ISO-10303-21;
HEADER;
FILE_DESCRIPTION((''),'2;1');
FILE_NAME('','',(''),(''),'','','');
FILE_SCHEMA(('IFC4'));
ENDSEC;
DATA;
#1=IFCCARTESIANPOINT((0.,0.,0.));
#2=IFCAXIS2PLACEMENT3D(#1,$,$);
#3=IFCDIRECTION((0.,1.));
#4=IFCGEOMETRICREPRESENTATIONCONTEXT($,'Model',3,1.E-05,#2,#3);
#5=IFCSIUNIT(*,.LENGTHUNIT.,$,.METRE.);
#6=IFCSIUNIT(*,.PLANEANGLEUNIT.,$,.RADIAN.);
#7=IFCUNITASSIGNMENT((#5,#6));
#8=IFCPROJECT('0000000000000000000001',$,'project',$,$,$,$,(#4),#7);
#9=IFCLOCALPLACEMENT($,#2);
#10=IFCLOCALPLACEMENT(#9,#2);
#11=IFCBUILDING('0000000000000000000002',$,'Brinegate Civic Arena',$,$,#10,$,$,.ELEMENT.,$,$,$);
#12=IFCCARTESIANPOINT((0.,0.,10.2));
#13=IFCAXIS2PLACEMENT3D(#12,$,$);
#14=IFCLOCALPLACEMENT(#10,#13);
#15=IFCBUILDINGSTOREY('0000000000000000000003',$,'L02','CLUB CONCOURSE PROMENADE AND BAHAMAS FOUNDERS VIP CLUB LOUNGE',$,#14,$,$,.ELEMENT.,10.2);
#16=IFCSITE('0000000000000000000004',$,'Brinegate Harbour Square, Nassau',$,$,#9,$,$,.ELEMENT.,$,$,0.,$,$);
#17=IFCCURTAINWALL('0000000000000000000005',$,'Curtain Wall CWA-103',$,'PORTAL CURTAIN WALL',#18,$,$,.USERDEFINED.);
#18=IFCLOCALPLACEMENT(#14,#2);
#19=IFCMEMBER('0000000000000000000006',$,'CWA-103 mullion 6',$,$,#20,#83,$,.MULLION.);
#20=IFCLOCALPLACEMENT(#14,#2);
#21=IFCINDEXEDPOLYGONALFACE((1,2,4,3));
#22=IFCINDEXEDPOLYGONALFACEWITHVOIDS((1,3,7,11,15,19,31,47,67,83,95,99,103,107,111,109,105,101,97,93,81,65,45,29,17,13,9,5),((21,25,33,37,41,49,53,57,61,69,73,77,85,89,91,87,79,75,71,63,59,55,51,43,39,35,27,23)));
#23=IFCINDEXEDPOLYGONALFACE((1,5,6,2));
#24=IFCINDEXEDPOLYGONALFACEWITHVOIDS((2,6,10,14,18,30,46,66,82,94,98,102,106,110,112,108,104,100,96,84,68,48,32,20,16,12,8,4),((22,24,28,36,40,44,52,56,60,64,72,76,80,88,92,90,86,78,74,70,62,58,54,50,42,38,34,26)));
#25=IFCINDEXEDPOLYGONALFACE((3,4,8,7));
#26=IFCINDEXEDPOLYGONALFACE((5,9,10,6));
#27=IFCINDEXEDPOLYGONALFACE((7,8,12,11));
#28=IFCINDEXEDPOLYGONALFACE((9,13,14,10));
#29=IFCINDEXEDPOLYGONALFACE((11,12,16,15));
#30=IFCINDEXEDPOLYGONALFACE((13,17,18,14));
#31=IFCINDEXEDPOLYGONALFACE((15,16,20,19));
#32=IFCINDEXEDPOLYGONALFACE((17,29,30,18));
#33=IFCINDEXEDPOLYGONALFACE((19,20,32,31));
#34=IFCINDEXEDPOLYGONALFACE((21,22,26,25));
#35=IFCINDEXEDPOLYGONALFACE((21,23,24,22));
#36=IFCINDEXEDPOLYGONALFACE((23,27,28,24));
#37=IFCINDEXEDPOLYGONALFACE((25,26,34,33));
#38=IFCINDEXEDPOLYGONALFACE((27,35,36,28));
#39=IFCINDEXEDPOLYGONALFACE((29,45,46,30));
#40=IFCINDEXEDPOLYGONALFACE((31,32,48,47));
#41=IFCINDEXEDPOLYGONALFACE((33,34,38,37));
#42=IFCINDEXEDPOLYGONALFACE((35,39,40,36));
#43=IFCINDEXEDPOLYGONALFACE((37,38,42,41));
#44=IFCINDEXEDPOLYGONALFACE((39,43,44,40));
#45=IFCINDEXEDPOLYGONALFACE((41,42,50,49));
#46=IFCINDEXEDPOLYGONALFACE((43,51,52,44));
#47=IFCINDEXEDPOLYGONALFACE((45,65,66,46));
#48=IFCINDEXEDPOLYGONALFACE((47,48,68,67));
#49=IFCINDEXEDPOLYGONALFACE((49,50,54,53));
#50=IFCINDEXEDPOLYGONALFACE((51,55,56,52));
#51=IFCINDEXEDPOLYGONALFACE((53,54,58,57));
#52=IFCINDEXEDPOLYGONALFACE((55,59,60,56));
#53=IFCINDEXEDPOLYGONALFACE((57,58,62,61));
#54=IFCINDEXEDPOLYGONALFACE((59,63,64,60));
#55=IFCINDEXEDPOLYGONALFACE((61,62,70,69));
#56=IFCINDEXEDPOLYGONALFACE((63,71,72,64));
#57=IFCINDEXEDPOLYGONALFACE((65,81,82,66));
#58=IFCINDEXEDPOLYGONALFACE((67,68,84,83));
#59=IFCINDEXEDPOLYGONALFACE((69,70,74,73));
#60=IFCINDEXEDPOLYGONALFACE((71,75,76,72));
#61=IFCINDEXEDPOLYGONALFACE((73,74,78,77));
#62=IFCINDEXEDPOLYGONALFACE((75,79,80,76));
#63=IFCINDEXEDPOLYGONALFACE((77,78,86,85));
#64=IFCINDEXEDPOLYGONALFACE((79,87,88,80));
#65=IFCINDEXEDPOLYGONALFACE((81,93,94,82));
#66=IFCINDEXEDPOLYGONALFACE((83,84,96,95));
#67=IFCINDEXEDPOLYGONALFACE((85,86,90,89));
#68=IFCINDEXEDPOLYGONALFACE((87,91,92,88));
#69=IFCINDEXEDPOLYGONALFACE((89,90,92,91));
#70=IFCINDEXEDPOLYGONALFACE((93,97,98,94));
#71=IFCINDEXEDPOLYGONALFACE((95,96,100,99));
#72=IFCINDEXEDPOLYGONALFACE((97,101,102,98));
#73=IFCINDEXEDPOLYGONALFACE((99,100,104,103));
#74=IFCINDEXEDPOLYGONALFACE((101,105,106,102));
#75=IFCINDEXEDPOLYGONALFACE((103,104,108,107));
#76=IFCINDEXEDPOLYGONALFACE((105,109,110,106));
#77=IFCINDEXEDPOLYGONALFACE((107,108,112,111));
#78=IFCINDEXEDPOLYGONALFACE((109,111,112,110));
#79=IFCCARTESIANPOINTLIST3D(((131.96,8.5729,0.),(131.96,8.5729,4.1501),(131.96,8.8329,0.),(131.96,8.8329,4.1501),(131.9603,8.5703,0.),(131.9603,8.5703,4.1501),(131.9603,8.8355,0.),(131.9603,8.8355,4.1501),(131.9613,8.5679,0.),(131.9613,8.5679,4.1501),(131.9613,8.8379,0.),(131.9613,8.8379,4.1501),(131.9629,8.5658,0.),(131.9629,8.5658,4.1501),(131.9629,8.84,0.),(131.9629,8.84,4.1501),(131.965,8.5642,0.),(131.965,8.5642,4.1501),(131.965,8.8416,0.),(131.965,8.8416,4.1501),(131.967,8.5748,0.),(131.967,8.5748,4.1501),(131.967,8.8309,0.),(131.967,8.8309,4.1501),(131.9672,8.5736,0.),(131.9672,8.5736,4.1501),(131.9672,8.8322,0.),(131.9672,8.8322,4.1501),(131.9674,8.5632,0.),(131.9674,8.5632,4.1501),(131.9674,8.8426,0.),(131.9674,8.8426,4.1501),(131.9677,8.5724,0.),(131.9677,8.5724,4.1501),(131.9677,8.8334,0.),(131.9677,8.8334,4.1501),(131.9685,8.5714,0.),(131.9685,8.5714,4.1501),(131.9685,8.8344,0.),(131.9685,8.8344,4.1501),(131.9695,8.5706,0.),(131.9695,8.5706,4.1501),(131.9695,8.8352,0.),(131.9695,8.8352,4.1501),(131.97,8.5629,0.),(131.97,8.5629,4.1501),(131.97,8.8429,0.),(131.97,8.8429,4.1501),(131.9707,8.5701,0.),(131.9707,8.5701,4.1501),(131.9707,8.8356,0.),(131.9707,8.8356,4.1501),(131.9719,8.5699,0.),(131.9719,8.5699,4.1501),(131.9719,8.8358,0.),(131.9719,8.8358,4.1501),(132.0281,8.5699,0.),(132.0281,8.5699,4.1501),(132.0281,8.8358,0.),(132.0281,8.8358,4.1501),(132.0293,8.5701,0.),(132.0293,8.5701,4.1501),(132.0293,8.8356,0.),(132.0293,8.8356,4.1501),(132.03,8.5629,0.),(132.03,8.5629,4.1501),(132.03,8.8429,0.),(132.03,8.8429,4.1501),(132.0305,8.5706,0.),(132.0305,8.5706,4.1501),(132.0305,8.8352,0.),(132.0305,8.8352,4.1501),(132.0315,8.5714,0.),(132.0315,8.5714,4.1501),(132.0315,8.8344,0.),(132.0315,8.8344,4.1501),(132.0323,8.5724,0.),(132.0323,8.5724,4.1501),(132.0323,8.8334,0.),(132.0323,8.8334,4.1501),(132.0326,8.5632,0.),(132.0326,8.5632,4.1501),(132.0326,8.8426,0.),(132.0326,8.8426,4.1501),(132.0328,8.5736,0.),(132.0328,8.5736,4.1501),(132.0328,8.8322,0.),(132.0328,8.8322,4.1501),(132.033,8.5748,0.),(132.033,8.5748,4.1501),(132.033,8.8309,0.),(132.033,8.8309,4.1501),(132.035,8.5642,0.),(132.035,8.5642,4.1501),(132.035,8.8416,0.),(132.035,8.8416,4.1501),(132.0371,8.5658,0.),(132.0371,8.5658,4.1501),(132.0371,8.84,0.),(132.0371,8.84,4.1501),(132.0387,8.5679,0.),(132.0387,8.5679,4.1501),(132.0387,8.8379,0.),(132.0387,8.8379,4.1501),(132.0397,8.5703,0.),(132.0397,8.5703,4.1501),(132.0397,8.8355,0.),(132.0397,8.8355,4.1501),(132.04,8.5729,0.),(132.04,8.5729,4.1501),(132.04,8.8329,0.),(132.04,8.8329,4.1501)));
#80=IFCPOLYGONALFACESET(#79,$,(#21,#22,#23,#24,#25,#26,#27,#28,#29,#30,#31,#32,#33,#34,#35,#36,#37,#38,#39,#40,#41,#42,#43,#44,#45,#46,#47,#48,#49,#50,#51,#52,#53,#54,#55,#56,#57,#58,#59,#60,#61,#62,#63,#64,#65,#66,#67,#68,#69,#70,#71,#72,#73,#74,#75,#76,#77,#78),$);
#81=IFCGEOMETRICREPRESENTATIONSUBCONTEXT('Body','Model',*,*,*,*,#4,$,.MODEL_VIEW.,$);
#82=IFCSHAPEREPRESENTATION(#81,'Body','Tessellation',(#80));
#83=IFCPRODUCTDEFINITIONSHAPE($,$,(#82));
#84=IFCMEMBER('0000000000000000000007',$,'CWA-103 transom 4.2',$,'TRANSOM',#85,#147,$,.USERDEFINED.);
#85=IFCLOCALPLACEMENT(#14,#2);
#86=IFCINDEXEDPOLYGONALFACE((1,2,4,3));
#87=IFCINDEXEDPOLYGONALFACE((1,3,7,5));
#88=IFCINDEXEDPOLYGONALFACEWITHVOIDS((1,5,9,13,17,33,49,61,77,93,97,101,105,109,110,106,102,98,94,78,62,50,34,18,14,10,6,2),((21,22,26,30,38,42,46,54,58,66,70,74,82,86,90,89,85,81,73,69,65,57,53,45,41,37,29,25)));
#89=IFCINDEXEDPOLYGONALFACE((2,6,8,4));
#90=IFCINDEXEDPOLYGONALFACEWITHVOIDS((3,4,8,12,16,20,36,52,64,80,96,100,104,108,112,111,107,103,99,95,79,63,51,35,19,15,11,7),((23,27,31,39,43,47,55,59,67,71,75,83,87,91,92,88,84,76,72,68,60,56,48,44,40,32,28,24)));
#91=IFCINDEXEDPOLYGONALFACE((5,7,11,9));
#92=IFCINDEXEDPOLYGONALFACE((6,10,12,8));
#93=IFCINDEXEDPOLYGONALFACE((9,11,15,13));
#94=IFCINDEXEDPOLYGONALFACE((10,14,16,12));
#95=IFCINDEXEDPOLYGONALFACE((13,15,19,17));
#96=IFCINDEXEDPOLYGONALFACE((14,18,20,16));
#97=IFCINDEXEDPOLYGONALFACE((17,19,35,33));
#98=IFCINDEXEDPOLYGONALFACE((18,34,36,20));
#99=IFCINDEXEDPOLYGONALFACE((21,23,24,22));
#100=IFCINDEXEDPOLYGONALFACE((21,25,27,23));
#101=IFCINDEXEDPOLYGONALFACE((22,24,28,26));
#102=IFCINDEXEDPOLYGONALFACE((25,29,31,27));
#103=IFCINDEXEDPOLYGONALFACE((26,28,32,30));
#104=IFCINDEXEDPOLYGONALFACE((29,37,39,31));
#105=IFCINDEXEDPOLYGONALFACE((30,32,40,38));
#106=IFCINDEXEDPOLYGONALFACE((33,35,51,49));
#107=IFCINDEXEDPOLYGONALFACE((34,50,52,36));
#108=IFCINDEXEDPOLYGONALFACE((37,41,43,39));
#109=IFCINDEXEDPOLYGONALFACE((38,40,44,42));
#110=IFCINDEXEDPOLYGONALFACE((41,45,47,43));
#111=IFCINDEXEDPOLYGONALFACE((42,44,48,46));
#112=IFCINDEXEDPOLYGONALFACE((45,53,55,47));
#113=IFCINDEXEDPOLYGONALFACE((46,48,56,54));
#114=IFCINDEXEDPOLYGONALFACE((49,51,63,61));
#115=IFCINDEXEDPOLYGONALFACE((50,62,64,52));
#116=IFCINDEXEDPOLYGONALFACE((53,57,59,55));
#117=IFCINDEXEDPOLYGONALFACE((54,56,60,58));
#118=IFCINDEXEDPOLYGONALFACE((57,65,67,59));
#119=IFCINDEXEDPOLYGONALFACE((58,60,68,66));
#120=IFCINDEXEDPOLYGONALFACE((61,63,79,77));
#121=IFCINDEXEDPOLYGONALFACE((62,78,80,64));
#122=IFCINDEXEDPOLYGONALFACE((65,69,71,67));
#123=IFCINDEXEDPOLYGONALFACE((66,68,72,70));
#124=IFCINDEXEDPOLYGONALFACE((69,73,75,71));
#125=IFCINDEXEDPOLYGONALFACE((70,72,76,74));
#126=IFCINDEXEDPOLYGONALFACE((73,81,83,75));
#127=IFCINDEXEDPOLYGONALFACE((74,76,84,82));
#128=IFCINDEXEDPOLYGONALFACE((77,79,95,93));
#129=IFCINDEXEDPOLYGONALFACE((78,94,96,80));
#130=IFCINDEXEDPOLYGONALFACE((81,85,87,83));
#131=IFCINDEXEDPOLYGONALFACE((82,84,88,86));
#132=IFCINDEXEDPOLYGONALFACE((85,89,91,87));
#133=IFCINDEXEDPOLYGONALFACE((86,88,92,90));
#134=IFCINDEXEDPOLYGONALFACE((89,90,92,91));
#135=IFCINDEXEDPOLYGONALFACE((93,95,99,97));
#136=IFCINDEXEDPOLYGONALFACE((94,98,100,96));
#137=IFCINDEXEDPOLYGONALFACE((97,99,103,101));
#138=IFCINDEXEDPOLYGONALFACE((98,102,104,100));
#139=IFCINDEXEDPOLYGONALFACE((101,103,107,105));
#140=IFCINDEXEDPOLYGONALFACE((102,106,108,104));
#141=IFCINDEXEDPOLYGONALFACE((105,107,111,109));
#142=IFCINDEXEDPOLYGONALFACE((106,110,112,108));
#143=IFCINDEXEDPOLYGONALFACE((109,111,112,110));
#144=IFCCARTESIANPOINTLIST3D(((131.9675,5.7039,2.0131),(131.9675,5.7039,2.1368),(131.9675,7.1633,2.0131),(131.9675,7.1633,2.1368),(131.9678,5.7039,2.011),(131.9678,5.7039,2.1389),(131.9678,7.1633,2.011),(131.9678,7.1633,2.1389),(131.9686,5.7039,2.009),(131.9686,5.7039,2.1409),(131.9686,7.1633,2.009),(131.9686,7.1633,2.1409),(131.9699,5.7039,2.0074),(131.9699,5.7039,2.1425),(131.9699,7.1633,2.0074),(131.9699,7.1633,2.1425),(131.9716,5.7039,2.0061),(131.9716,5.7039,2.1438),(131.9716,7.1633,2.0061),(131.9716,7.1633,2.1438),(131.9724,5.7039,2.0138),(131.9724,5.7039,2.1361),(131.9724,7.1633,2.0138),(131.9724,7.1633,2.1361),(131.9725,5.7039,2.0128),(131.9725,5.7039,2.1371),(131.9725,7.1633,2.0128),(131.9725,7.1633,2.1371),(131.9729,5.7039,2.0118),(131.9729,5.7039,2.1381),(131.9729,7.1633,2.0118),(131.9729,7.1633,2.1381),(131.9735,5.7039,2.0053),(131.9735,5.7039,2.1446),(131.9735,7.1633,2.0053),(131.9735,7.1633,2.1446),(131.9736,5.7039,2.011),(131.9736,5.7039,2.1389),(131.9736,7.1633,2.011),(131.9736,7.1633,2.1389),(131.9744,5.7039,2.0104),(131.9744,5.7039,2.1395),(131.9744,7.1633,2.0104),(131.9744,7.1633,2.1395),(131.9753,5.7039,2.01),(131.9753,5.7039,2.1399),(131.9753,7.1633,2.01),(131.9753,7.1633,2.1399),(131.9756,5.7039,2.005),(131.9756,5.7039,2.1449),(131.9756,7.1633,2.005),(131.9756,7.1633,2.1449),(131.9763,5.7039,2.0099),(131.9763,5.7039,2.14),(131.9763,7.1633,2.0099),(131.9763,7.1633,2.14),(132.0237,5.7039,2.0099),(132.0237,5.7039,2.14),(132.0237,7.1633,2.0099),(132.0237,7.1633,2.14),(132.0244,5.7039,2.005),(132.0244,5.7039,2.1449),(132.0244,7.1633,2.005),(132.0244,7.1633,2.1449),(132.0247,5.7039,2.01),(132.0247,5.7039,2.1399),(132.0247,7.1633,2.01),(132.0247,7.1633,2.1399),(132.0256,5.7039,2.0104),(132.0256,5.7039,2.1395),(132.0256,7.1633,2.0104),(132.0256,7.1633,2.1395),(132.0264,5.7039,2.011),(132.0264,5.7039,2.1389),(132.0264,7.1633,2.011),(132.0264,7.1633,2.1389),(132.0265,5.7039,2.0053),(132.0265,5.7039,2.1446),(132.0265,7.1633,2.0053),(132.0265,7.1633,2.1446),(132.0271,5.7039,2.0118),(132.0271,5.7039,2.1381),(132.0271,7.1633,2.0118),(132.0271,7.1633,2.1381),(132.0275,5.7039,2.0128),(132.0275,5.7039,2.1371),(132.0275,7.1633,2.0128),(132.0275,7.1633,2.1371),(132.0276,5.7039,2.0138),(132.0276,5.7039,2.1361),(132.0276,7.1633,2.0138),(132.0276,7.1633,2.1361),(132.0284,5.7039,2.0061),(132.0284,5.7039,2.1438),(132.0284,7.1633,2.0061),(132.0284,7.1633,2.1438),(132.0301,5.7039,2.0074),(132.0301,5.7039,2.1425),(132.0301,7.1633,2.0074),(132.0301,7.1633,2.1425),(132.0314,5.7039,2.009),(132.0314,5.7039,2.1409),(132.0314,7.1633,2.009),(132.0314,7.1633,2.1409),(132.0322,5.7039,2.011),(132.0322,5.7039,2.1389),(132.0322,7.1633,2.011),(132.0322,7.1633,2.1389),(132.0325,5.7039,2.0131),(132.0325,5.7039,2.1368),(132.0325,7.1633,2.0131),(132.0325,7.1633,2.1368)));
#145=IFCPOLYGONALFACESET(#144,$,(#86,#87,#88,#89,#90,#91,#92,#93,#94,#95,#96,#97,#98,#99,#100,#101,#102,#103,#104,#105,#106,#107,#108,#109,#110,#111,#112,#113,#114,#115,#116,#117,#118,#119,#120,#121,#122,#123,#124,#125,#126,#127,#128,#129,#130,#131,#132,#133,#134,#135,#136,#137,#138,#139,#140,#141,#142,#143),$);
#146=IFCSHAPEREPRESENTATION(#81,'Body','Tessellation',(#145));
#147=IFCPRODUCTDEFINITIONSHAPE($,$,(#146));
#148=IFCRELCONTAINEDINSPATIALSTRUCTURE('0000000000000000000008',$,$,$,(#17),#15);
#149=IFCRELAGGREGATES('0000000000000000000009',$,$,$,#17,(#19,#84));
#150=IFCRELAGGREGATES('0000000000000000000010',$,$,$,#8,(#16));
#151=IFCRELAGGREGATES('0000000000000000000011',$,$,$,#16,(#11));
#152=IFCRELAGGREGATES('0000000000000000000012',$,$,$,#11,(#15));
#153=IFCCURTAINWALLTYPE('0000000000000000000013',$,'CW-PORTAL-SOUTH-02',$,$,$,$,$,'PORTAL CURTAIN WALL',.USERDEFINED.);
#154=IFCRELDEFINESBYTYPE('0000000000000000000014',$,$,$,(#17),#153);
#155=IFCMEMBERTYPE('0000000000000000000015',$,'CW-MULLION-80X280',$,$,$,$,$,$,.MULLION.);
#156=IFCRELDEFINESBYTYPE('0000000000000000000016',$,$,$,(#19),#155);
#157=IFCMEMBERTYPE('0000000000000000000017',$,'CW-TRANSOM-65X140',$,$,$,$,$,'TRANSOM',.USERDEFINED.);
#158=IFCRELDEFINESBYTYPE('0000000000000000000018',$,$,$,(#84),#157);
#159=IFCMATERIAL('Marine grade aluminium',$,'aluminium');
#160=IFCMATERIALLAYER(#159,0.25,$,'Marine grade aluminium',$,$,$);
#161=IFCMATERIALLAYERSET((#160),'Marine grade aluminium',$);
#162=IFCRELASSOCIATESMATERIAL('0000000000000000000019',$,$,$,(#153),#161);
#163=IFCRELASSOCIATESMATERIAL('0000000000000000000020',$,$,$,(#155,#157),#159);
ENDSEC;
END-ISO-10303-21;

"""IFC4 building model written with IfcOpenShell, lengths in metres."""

from ifc_helpers import new_model, si_unit, direction, frame, origin, origin_2d, place, context, subcontext, project, spatial, hollow_rectangle, extrude, material, layer, layer_set, material_profile, profile_set, type_object, element, aggregate, save


model = new_model("IFC4")

# Units and contexts
model_context = context("Model", 3, precision=1e-05, world=origin(), true_north=direction((0.0, 1.0)))
body_context = subcontext(model_context, "Body", "Model", "MODEL_VIEW")
ifc_project = project(units=[si_unit("LENGTHUNIT", "METRE"), si_unit("PLANEANGLEUNIT", "RADIAN")], contexts=[model_context])

# Site, building, storey
site_placement = place(None, origin())
site = spatial("IfcSite", under=ifc_project, at=site_placement, Name="Brinegate Harbour Square, Nassau", CompositionType="ELEMENT", RefElevation=0.0)
building_placement = place(site_placement, origin())
building = spatial("IfcBuilding", under=site, at=building_placement, Name="Brinegate Civic Arena", CompositionType="ELEMENT")
storey_placement = place(building_placement, frame((0.0, 0.0, 10.2)))
storey = spatial("IfcBuildingStorey", under=building, at=storey_placement, Name="L02", Description="CLUB CONCOURSE PROMENADE AND BAHAMAS FOUNDERS VIP CLUB LOUNGE", CompositionType="ELEMENT", Elevation=10.2)

# Curtain wall, members
ifc_material_1 = material(Name="Marine grade aluminium", Category="aluminium")
ifc_layer_1 = layer(ifc_material_1, 0.25, Name="Marine grade aluminium")
ifc_layer_set_1 = layer_set([ifc_layer_1], Name="Marine grade aluminium")
curtain_wall_type = type_object("IfcCurtainWallType", Name="CW-PORTAL-SOUTH-02", ElementType="PORTAL CURTAIN WALL", PredefinedType="USERDEFINED", material=ifc_layer_set_1)
curtain_wall_placement = place(storey_placement, origin())
curtain_wall = element("IfcCurtainWall", 1, at=curtain_wall_placement, inside=storey, type_object=curtain_wall_type, Name="Curtain Wall CWA-103", ObjectType="PORTAL CURTAIN WALL", PredefinedType="USERDEFINED")
ifc_material_profile_1 = material_profile(ifc_material_1, hollow_rectangle(XDim=0.0801, YDim=0.28, WallThickness=0.0071, InnerFilletRadius=0.0049, OuterFilletRadius=0.01, at=origin_2d()), Name="MUL80X280")
ifc_profile_set_1 = profile_set([ifc_material_profile_1], Name="Marine grade aluminium")
member_type_1 = type_object("IfcMemberType", Name="CW-MULLION-80X280", PredefinedType="MULLION", material=ifc_profile_set_1)
member_1_placement = place(storey_placement, frame((132.0, 8.7029, 0.0), z_axis=(0.0, 0.0, 1.0), x_axis=(-1.0, 0.0, 0.0)))
member_1 = element("IfcMember", 2, at=member_1_placement, type_object=member_type_1, Name="CWA-103 mullion 6", PredefinedType="MULLION", context=body_context, shape_type="SweptSolid", body=[
    extrude(hollow_rectangle(XDim=0.0801, YDim=0.28, WallThickness=0.0071, InnerFilletRadius=0.0049, OuterFilletRadius=0.01, at=origin_2d()), origin(), (0.0, 0.0, 1.0), 4.1501),
])
ifc_material_profile_2 = material_profile(ifc_material_1, hollow_rectangle(XDim=0.0649, YDim=0.1399, WallThickness=0.0049, InnerFilletRadius=0.0039, OuterFilletRadius=0.0081, at=origin_2d()), Name="TRN65X140")
ifc_profile_set_2 = profile_set([ifc_material_profile_2], Name="Marine grade aluminium")
member_type_2 = type_object("IfcMemberType", Name="CW-TRANSOM-65X140", ElementType="TRANSOM", PredefinedType="USERDEFINED", material=ifc_profile_set_2)
member_2_placement = place(storey_placement, frame((132.0, 5.7039, 2.075), z_axis=(0.0, 1.0, 0.0), x_axis=(-1.0, 0.0, 0.0)))
member_2 = element("IfcMember", 3, at=member_2_placement, type_object=member_type_2, Name="CWA-103 transom 4.2", ObjectType="TRANSOM", PredefinedType="USERDEFINED", context=body_context, shape_type="SweptSolid", body=[
    extrude(hollow_rectangle(XDim=0.0649, YDim=0.1399, WallThickness=0.0049, InnerFilletRadius=0.0039, OuterFilletRadius=0.0081, at=origin_2d()), origin(), (0.0, 0.0, 1.0), 1.4595),
])

aggregate(curtain_wall, [member_1, member_2])

save(model, "model.ifc")
